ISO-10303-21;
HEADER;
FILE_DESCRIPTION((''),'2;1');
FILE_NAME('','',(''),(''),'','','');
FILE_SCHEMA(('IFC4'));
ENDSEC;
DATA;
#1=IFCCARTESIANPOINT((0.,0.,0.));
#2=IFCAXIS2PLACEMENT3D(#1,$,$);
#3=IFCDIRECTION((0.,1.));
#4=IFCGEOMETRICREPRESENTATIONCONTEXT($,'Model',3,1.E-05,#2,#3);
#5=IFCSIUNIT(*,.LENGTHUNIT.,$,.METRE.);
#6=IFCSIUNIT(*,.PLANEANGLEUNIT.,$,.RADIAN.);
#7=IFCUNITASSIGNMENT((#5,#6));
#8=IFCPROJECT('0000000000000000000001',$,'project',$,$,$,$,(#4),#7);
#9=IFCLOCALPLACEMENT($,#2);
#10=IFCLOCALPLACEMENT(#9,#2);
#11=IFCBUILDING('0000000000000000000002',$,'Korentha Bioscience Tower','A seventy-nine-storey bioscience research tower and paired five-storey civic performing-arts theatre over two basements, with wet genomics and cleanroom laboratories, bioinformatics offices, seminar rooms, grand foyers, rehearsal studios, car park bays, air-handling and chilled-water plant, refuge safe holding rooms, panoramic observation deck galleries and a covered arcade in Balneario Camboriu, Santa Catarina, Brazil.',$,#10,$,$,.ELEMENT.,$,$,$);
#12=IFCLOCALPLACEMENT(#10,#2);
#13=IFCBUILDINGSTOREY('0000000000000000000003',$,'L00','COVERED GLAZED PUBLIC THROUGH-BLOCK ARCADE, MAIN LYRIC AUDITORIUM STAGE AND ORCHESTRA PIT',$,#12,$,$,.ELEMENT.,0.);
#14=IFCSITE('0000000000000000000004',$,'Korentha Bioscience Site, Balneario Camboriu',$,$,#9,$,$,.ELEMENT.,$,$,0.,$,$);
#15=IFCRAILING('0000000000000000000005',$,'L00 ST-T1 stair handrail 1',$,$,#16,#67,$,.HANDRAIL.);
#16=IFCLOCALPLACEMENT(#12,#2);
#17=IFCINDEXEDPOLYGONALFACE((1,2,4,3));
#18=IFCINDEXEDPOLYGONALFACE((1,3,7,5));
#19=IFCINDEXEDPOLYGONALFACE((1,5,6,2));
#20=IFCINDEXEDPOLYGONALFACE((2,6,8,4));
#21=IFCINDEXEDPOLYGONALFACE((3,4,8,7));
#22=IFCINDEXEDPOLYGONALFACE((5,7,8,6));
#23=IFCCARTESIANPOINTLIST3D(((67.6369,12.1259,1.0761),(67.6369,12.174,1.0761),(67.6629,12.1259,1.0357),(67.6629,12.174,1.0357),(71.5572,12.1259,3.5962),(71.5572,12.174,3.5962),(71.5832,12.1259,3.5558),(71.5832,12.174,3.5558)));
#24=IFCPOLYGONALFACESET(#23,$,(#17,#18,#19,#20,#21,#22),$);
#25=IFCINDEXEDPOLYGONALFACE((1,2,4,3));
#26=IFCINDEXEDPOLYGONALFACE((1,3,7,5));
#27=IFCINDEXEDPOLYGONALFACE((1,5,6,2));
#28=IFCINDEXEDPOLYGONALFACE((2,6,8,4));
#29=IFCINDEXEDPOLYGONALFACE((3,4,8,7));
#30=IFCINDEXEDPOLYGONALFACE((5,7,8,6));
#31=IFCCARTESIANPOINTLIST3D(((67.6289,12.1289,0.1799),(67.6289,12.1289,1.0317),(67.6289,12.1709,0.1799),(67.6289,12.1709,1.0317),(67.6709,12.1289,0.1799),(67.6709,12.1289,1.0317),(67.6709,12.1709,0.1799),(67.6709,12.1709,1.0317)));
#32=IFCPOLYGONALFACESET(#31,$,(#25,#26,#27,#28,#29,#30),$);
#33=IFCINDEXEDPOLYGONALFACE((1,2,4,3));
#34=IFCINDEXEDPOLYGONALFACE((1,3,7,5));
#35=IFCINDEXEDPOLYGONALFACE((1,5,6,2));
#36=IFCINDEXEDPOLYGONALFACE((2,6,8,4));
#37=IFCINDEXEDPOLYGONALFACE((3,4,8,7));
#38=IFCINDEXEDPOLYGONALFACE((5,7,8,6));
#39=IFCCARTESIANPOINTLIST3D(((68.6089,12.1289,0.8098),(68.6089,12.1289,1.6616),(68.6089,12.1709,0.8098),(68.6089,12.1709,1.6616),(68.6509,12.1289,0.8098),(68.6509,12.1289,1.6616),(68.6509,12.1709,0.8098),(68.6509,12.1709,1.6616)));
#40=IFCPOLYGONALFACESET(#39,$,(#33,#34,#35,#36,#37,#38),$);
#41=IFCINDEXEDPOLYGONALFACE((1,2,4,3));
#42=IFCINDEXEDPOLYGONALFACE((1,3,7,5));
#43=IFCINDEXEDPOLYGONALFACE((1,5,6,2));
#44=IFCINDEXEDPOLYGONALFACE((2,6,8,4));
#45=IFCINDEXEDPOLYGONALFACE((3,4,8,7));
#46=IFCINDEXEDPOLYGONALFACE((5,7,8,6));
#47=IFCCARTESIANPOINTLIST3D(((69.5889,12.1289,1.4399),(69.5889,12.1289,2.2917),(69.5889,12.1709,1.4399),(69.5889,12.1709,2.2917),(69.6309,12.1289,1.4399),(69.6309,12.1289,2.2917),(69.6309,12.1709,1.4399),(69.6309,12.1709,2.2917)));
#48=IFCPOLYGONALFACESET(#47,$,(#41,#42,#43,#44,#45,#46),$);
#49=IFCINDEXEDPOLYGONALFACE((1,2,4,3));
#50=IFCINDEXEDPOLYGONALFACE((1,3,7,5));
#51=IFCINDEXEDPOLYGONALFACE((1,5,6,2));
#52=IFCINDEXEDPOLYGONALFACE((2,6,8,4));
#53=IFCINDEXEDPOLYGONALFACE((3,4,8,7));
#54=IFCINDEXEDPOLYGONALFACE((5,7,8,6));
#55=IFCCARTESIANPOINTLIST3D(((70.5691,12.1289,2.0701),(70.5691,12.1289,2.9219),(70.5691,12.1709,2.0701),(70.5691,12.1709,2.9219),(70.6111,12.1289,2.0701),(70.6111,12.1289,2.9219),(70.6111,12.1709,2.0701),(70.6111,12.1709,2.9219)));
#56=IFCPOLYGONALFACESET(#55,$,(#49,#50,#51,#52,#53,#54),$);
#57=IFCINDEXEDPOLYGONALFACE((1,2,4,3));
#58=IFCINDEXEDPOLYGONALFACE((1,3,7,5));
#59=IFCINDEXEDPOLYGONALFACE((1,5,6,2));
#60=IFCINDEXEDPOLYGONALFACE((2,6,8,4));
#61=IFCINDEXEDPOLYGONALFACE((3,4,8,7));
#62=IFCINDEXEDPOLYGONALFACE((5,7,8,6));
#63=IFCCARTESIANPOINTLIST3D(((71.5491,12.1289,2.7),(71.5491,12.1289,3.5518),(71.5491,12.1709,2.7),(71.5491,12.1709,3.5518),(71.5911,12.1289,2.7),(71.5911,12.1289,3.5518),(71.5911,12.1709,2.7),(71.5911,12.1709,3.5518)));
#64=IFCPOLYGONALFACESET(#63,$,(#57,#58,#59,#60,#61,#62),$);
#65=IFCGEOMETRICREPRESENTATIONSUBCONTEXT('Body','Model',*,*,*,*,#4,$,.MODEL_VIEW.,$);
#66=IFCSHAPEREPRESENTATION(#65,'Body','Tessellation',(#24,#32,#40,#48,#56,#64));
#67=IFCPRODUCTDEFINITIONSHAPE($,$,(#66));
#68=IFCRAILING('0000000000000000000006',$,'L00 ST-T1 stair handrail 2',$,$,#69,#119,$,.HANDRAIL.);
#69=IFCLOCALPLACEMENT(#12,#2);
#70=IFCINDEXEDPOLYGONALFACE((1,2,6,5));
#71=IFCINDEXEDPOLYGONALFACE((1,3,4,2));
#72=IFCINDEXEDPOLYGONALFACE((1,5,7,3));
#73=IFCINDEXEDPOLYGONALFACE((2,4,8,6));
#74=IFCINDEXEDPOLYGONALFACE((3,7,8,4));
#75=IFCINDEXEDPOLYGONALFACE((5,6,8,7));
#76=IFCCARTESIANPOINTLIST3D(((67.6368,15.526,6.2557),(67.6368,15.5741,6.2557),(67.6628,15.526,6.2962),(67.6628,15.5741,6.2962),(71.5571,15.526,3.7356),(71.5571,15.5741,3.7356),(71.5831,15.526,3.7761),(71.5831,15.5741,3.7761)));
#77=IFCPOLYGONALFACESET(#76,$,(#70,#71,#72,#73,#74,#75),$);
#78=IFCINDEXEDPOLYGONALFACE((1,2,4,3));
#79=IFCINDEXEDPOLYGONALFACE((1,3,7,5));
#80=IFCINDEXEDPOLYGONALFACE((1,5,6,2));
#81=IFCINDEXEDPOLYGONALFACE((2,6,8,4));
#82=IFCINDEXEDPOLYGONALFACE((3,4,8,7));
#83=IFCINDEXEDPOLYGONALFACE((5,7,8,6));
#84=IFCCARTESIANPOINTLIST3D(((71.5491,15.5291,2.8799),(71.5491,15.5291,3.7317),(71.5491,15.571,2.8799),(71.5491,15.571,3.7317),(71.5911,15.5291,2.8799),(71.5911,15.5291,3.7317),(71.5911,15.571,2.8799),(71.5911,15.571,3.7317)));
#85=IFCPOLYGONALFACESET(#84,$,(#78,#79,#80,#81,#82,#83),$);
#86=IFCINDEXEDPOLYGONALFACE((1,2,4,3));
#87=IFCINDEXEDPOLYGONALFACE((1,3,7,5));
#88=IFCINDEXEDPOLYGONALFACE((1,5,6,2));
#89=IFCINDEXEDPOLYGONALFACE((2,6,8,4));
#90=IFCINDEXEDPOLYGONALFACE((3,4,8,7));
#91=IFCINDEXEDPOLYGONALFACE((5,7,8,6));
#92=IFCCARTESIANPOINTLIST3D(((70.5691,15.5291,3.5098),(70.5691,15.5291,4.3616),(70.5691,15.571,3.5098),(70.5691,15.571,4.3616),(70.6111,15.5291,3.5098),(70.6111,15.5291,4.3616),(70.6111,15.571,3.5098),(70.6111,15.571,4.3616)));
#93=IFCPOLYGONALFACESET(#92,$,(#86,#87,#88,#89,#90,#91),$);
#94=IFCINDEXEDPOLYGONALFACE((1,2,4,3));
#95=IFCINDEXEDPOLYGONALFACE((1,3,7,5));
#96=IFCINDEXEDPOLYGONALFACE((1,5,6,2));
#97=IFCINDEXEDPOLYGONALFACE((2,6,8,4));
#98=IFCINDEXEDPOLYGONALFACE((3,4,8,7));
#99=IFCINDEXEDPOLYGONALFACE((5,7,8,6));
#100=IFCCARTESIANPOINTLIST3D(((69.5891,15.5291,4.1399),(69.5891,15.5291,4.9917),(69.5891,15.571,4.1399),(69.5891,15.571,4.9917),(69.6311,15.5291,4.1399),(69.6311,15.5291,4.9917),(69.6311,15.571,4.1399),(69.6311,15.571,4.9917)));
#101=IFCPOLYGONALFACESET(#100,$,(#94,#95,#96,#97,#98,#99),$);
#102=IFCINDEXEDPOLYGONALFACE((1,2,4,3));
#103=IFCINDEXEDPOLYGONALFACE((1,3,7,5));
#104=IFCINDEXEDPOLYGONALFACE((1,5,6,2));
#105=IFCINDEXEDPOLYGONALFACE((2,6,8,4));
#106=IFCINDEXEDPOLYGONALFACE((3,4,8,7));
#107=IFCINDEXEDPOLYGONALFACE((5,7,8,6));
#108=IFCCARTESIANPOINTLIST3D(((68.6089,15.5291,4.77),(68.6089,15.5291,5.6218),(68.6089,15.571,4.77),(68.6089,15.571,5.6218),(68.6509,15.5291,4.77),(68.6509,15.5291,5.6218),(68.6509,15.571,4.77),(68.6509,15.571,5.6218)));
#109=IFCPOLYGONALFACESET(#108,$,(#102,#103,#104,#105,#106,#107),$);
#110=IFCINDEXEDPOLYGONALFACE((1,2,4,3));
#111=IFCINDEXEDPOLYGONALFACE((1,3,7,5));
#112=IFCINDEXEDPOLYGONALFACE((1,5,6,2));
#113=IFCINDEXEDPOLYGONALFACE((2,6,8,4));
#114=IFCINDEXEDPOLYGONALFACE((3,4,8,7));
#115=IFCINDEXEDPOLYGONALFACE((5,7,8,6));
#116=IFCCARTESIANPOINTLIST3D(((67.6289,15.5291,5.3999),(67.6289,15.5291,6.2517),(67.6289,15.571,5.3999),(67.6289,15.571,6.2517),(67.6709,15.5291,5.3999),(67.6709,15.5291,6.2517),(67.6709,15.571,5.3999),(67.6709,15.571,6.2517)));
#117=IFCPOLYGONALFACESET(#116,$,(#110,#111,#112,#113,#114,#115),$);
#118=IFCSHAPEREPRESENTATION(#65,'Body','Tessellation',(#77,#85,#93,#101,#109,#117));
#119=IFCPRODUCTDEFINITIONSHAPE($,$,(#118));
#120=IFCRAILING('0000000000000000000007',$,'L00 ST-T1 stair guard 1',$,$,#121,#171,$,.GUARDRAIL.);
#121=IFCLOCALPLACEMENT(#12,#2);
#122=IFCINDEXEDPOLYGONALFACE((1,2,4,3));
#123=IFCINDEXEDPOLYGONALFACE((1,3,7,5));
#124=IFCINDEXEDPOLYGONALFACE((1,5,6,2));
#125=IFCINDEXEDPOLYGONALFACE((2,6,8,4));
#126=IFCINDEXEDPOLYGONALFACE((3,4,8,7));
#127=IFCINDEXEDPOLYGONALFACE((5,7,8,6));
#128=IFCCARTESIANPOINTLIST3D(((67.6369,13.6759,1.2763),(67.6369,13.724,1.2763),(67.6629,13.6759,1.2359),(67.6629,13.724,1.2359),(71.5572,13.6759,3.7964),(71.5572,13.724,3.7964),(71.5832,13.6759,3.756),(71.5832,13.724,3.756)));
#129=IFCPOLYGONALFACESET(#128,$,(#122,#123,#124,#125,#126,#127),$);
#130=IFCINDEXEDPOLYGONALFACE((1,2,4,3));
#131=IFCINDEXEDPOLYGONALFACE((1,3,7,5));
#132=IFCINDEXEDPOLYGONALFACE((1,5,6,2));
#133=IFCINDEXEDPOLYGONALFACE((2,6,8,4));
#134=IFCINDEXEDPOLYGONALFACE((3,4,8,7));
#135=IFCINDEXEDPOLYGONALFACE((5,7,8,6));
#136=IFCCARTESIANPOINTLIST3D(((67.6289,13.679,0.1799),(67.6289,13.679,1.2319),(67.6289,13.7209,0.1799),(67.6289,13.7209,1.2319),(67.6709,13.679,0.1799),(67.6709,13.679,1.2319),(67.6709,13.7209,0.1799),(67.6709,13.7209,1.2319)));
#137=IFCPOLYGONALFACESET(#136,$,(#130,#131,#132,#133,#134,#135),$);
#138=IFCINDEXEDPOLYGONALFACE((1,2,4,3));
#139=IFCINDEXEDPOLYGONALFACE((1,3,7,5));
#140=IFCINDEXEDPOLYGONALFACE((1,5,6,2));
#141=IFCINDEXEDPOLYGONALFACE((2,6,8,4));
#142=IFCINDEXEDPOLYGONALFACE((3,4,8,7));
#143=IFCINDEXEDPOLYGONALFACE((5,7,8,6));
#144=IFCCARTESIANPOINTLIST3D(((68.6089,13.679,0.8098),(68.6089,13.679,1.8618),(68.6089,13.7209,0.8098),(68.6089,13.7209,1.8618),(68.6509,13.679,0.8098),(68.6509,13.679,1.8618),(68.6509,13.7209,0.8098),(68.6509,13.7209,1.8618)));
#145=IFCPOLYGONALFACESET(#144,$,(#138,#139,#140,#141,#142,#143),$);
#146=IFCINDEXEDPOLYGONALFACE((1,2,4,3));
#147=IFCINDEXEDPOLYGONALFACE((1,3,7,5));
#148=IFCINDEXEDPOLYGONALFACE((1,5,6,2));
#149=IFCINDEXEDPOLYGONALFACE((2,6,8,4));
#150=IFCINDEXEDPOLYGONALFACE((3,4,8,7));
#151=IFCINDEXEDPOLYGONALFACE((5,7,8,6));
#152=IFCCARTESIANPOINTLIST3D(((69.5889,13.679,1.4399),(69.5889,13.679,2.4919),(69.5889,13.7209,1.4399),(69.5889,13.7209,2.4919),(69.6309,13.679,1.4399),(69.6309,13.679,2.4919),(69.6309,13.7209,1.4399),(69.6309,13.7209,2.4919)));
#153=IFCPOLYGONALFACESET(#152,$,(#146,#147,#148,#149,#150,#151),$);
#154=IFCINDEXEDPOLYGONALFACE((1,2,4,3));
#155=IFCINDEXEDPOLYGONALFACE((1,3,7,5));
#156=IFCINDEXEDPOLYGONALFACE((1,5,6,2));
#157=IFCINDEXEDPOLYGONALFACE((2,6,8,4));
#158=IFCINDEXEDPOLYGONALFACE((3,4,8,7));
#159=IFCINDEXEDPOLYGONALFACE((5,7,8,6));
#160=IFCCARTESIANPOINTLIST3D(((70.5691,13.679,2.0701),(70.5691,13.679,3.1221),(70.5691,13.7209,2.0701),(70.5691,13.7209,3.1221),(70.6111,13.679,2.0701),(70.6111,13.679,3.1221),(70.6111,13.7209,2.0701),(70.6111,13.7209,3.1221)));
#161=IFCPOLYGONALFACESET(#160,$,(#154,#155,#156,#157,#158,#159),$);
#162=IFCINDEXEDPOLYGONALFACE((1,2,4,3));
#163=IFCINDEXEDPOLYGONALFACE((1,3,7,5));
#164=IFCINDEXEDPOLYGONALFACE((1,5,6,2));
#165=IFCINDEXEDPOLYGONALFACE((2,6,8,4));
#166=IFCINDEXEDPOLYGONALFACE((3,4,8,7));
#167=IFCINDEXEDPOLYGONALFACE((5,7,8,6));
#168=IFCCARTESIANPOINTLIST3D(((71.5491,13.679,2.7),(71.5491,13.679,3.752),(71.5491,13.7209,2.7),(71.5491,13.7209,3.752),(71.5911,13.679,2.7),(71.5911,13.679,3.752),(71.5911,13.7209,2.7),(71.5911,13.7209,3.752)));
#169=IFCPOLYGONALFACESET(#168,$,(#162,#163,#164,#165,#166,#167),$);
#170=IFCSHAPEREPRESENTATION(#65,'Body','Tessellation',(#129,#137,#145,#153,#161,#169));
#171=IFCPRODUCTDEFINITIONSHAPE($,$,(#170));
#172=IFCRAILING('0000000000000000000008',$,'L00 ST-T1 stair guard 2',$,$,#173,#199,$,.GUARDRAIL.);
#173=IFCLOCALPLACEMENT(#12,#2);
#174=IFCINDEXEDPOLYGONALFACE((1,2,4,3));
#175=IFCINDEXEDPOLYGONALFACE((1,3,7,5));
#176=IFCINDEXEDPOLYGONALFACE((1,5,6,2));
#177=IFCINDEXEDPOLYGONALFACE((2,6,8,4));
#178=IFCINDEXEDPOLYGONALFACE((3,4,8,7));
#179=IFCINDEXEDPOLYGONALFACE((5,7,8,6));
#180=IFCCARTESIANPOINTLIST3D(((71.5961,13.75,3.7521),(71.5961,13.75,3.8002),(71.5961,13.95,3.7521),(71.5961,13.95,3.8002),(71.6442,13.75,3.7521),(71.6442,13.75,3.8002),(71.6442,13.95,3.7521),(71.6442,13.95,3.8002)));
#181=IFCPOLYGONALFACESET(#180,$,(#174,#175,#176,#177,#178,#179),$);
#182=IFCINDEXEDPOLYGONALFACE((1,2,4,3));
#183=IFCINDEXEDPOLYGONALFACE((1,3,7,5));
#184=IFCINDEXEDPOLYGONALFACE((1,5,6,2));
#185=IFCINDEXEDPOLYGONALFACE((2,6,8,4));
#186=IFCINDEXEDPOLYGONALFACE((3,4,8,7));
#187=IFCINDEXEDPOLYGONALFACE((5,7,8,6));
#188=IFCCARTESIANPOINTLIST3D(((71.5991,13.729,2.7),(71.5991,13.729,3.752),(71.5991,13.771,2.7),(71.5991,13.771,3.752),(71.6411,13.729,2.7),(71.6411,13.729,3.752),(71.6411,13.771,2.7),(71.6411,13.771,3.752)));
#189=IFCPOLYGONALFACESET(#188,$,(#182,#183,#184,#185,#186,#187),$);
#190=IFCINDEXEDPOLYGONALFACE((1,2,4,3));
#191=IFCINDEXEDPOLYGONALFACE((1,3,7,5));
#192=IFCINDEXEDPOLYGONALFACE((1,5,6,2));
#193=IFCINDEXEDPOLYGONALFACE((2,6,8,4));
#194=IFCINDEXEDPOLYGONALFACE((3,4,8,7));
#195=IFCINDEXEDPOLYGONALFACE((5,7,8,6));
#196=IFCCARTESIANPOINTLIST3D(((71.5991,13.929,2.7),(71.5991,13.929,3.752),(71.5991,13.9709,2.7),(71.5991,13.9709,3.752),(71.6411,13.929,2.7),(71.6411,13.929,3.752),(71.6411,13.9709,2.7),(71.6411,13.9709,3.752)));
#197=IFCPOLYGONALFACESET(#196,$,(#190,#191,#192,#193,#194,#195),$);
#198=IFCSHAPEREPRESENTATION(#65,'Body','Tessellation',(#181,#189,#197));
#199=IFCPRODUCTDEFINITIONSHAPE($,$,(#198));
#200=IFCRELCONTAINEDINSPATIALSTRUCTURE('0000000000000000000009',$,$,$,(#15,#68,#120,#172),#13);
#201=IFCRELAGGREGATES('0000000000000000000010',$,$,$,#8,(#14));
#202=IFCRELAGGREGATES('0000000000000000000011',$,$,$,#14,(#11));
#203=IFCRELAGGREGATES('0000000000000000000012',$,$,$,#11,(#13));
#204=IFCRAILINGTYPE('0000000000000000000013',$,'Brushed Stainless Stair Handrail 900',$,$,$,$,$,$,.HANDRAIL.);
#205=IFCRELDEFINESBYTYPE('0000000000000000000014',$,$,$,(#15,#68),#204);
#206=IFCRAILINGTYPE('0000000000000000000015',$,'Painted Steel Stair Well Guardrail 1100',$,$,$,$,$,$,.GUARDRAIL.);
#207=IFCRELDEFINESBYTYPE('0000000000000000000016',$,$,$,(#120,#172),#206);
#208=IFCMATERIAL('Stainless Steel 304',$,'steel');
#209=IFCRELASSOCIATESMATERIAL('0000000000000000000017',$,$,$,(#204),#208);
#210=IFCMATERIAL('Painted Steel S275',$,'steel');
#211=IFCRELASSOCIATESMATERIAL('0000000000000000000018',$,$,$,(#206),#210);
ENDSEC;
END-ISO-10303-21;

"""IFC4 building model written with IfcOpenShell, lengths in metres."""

from ifc_helpers import new_model, si_unit, direction, frame, origin, origin_2d, place, context, subcontext, project, spatial, rectangle, extrude, material, type_object, element, save


model = new_model("IFC4")

# Units and contexts
model_context = context("Model", 3, precision=1e-05, world=origin(), true_north=direction((0.0, 1.0)))
body_context = subcontext(model_context, "Body", "Model", "MODEL_VIEW")
ifc_project = project(units=[si_unit("LENGTHUNIT", "METRE"), si_unit("PLANEANGLEUNIT", "RADIAN")], contexts=[model_context])

# Site, building, storey
site_placement = place(None, origin())
site = spatial("IfcSite", under=ifc_project, at=site_placement, Name="Korentha Bioscience Site, Balneario Camboriu", CompositionType="ELEMENT", RefElevation=0.0)
building_placement = place(site_placement, origin())
building = spatial("IfcBuilding", under=site, at=building_placement, Name="Korentha Bioscience Tower", Description="A seventy-nine-storey bioscience research tower and paired five-storey civic performing-arts theatre over two basements, with wet genomics and cleanroom laboratories, bioinformatics offices, seminar rooms, grand foyers, rehearsal studios, car park bays, air-handling and chilled-water plant, refuge safe holding rooms, panoramic observation deck galleries and a covered arcade in Balneario Camboriu, Santa Catarina, Brazil.", CompositionType="ELEMENT")
storey_placement = place(building_placement, origin())
storey = spatial("IfcBuildingStorey", under=building, at=storey_placement, Name="L00", Description="COVERED GLAZED PUBLIC THROUGH-BLOCK ARCADE, MAIN LYRIC AUDITORIUM STAGE AND ORCHESTRA PIT", CompositionType="ELEMENT", Elevation=0.0)

# Railings
ifc_material_1 = material(Name="Stainless Steel 304", Category="steel")
railing_type_1 = type_object("IfcRailingType", Name="Brushed Stainless Stair Handrail 900", PredefinedType="HANDRAIL", material=ifc_material_1)
railing_1_placement = place(storey_placement, frame((67.6499, 12.1499, 0.1799)))
element("IfcRailing", 1, at=railing_1_placement, inside=storey, type_object=railing_type_1, Name="L00 ST-T1 stair handrail 1", PredefinedType="HANDRAIL", context=body_context, shape_type="SweptSolid", body=[
    extrude(rectangle(XDim=0.0481, YDim=0.0481, at=origin_2d()), frame((0.0, 0.0, 0.876), z_axis=(0.841187, 0.0, 0.540744), x_axis=(0.0, 1.0, 0.0)), (0.0, 0.0, 1.0), 4.6604),
    extrude(rectangle(XDim=0.042, YDim=0.042, at=origin_2d()), origin(), (0.0, 0.0, 1.0), 0.8518),
    extrude(rectangle(XDim=0.042, YDim=0.042, at=origin_2d()), frame((0.98, 0.0, 0.6299)), (0.0, 0.0, 1.0), 0.8518),
    extrude(rectangle(XDim=0.042, YDim=0.042, at=origin_2d()), frame((1.96, 0.0, 1.26)), (0.0, 0.0, 1.0), 0.8518),
    extrude(rectangle(XDim=0.042, YDim=0.042, at=origin_2d()), frame((2.9402, 0.0, 1.8901)), (0.0, 0.0, 1.0), 0.8518),
    extrude(rectangle(XDim=0.042, YDim=0.042, at=origin_2d()), frame((3.9202, 0.0, 2.52)), (0.0, 0.0, 1.0), 0.8518),
])
railing_2_placement = place(storey_placement, frame((71.5701, 15.55, 2.8799)))
element("IfcRailing", 2, at=railing_2_placement, inside=storey, type_object=railing_type_1, Name="L00 ST-T1 stair handrail 2", PredefinedType="HANDRAIL", context=body_context, shape_type="SweptSolid", body=[
    extrude(rectangle(XDim=0.0481, YDim=0.0481, at=origin_2d()), frame((0.0, 0.0, 0.876), z_axis=(-0.841187, 0.0, 0.540744), x_axis=(0.0, -1.0, 0.0)), (0.0, 0.0, 1.0), 4.6604),
    extrude(rectangle(XDim=0.042, YDim=0.042, at=origin_2d()), origin(), (0.0, 0.0, 1.0), 0.8518),
    extrude(rectangle(XDim=0.042, YDim=0.042, at=origin_2d()), frame((-0.98, 0.0, 0.6299)), (0.0, 0.0, 1.0), 0.8518),
    extrude(rectangle(XDim=0.042, YDim=0.042, at=origin_2d()), frame((-1.96, 0.0, 1.26)), (0.0, 0.0, 1.0), 0.8518),
    extrude(rectangle(XDim=0.042, YDim=0.042, at=origin_2d()), frame((-2.9402, 0.0, 1.8901)), (0.0, 0.0, 1.0), 0.8518),
    extrude(rectangle(XDim=0.042, YDim=0.042, at=origin_2d()), frame((-3.9202, 0.0, 2.52)), (0.0, 0.0, 1.0), 0.8518),
])
ifc_material_2 = material(Name="Painted Steel S275", Category="steel")
railing_type_2 = type_object("IfcRailingType", Name="Painted Steel Stair Well Guardrail 1100", PredefinedType="GUARDRAIL", material=ifc_material_2)
railing_3_placement = place(storey_placement, frame((67.6499, 13.7, 0.1799)))
element("IfcRailing", 3, at=railing_3_placement, inside=storey, type_object=railing_type_2, Name="L00 ST-T1 stair guard 1", PredefinedType="GUARDRAIL", context=body_context, shape_type="SweptSolid", body=[
    extrude(rectangle(XDim=0.0481, YDim=0.0481, at=origin_2d()), frame((0.0, 0.0, 1.0762), z_axis=(0.841187, 0.0, 0.540744), x_axis=(0.0, 1.0, 0.0)), (0.0, 0.0, 1.0), 4.6604),
    extrude(rectangle(XDim=0.042, YDim=0.042, at=origin_2d()), origin(), (0.0, 0.0, 1.0), 1.052),
    extrude(rectangle(XDim=0.042, YDim=0.042, at=origin_2d()), frame((0.98, 0.0, 0.6299)), (0.0, 0.0, 1.0), 1.052),
    extrude(rectangle(XDim=0.042, YDim=0.042, at=origin_2d()), frame((1.96, 0.0, 1.26)), (0.0, 0.0, 1.0), 1.052),
    extrude(rectangle(XDim=0.042, YDim=0.042, at=origin_2d()), frame((2.9402, 0.0, 1.8901)), (0.0, 0.0, 1.0), 1.052),
    extrude(rectangle(XDim=0.042, YDim=0.042, at=origin_2d()), frame((3.9202, 0.0, 2.52)), (0.0, 0.0, 1.0), 1.052),
])
railing_4_placement = place(storey_placement, frame((71.6201, 13.75, 2.7)))
element("IfcRailing", 4, at=railing_4_placement, inside=storey, type_object=railing_type_2, Name="L00 ST-T1 stair guard 2", PredefinedType="GUARDRAIL", context=body_context, shape_type="SweptSolid", body=[
    extrude(rectangle(XDim=0.0481, YDim=0.0481, at=origin_2d()), frame((0.0, 0.0, 1.0762), z_axis=(0.0, 1.0, 0.0), x_axis=(-1.0, 0.0, 0.0)), (0.0, 0.0, 1.0), 0.2),
    extrude(rectangle(XDim=0.042, YDim=0.042, at=origin_2d()), origin(), (0.0, 0.0, 1.0), 1.052),
    extrude(rectangle(XDim=0.042, YDim=0.042, at=origin_2d()), frame((0.0, 0.2, 0.0)), (0.0, 0.0, 1.0), 1.052),
])

save(model, "model.ifc")
